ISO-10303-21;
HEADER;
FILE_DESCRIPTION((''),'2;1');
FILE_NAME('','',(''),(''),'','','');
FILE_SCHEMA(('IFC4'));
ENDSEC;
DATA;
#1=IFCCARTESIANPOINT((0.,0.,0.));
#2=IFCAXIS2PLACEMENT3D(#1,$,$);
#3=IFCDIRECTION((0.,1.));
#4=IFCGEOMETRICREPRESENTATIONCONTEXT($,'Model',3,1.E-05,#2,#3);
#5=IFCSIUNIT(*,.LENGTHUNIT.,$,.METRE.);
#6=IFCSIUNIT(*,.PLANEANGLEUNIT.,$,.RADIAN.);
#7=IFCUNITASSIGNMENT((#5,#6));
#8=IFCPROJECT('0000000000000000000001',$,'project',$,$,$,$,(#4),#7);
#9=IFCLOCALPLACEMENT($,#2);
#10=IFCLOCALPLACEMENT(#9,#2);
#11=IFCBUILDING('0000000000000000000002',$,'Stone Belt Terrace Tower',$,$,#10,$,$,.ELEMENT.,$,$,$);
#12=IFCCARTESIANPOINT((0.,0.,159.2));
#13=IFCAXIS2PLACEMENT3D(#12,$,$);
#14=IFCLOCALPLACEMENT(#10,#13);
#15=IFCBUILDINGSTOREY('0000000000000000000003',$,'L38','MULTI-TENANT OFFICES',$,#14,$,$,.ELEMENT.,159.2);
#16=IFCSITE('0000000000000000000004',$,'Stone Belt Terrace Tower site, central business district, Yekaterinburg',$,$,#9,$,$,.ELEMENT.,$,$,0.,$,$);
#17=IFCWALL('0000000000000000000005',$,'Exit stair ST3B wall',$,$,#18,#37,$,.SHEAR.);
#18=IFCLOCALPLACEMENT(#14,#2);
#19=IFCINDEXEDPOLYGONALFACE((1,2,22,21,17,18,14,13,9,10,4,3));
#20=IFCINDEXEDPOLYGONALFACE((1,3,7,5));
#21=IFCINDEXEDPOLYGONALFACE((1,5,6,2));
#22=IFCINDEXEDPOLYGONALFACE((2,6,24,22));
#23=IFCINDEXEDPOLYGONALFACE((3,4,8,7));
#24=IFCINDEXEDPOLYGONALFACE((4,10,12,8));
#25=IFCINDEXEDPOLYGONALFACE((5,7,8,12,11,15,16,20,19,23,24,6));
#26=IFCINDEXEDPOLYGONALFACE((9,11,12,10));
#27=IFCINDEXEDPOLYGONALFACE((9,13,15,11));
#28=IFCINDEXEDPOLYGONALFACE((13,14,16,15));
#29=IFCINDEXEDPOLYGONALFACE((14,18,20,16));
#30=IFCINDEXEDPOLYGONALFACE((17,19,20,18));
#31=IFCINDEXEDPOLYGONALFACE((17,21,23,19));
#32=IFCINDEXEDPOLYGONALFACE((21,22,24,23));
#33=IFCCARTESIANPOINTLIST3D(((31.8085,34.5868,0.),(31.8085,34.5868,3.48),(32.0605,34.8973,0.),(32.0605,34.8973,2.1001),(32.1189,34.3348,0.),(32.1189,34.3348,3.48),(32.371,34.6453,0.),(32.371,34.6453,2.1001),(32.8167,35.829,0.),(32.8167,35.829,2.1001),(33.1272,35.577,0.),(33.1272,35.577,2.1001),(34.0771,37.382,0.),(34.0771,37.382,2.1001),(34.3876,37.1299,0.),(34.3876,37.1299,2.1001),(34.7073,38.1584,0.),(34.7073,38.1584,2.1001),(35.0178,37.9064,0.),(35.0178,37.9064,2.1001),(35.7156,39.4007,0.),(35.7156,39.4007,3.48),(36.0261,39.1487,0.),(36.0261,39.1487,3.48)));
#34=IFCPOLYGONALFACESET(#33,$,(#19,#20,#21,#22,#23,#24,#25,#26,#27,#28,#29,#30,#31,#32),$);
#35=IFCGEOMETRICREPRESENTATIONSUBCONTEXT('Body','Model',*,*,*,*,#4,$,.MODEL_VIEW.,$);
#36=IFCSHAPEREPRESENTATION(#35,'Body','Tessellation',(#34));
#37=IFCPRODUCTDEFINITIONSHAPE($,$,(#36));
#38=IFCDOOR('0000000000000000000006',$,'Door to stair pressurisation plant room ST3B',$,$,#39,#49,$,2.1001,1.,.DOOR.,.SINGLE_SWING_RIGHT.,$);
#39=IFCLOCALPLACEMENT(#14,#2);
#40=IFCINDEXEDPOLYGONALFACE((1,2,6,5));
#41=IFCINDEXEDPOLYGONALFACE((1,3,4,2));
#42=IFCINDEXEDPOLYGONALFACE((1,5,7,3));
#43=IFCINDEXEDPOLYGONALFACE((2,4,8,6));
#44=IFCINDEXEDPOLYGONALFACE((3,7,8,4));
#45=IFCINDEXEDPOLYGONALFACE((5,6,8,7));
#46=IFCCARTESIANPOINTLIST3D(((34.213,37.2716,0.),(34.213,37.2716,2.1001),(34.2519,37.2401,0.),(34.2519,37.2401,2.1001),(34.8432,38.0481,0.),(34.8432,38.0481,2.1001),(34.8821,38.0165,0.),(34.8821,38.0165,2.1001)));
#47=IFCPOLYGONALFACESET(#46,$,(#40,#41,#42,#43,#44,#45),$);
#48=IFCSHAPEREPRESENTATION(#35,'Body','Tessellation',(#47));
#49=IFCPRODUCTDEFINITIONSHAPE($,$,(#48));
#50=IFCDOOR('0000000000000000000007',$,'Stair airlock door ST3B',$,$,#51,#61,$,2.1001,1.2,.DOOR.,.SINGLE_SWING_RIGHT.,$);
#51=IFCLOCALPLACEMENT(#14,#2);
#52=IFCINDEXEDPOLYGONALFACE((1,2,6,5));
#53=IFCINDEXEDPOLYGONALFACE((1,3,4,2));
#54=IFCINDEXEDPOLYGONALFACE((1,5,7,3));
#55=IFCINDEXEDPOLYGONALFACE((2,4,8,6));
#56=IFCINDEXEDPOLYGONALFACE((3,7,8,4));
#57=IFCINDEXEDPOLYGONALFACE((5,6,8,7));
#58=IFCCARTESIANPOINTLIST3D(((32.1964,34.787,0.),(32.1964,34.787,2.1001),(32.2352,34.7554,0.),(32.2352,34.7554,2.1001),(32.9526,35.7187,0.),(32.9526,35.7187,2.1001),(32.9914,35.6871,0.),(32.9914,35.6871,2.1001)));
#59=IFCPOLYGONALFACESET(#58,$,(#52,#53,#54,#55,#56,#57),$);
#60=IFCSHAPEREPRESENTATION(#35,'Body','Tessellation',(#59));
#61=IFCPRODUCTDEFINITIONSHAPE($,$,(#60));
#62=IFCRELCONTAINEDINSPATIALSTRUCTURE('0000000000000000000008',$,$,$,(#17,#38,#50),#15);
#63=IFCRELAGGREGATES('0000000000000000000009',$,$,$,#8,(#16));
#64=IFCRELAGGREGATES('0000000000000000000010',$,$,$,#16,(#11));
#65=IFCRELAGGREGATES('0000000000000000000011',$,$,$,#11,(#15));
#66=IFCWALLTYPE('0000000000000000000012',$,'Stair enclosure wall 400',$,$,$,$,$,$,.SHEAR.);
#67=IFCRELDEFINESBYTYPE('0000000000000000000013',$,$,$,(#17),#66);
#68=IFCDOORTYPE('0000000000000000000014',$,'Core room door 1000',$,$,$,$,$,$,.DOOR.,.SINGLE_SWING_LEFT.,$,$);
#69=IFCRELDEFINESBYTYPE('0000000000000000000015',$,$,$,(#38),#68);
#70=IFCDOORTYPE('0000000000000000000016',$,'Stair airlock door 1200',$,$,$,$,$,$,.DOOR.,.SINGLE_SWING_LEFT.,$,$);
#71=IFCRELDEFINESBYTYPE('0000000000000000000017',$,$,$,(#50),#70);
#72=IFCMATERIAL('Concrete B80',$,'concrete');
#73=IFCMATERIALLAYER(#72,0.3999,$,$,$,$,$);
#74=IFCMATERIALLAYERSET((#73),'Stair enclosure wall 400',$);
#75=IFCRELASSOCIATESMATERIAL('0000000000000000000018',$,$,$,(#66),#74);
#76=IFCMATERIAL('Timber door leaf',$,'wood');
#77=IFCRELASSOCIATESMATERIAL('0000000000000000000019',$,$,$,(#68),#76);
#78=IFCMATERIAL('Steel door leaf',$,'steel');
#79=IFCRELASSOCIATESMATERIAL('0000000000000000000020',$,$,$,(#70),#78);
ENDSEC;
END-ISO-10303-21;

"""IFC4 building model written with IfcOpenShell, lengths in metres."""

from ifc_helpers import new_model, si_unit, direction, frame, frame_2d, origin, place, context, subcontext, project, spatial, rectangle, extrude, material, layer, layer_set, type_object, element, fill, save


model = new_model("IFC4")

# Units and contexts
model_context = context("Model", 3, precision=1e-05, world=origin(), true_north=direction((0.0, 1.0)))
body_context = subcontext(model_context, "Body", "Model", "MODEL_VIEW")
ifc_project = project(units=[si_unit("LENGTHUNIT", "METRE"), si_unit("PLANEANGLEUNIT", "RADIAN")], contexts=[model_context])

# Site, building, storey
site_placement = place(None, origin())
site = spatial("IfcSite", under=ifc_project, at=site_placement, Name="Stone Belt Terrace Tower site, central business district, Yekaterinburg", CompositionType="ELEMENT", RefElevation=0.0)
building_placement = place(site_placement, origin())
building = spatial("IfcBuilding", under=site, at=building_placement, Name="Stone Belt Terrace Tower", CompositionType="ELEMENT")
storey_placement = place(building_placement, frame((0.0, 0.0, 159.2)))
storey = spatial("IfcBuildingStorey", under=building, at=storey_placement, Name="L38", Description="MULTI-TENANT OFFICES", CompositionType="ELEMENT", Elevation=159.2)

# Shared definitions
ifc_material_1 = material(Name="Concrete B80", Category="concrete")

# Wall, openings, doors
ifc_layer_1 = layer(ifc_material_1, 0.3999)
ifc_layer_set_1 = layer_set([ifc_layer_1], Name="Stair enclosure wall 400")
wall_type_1 = type_object("IfcWallType", Name="Stair enclosure wall 400", PredefinedType="SHEAR", material=ifc_layer_set_1)
wall_1_placement = place(storey_placement, frame((31.9636, 34.4607, 0.0), z_axis=(0.0, 0.0, 1.0), x_axis=(0.630192, 0.776439, 0.0)))
wall_1 = element("IfcWall", 1, at=wall_1_placement, inside=storey, type_object=wall_type_1, Name="Exit stair ST3B wall", PredefinedType="SHEAR", context=body_context, shape_type="SweptSolid", body=[
    extrude(rectangle(XDim=6.2, YDim=0.3999, at=frame_2d((3.1001, 0.0))), origin(), (0.0, 0.0, 1.0), 3.48),
])
opening_1_placement = place(wall_1_placement, frame((0.3999, 0.0, 0.0)))
opening_1 = element("IfcOpeningElement", 2, at=opening_1_placement, cuts=wall_1, PredefinedType="OPENING", context=body_context, shape_type="SweptSolid", body=[
    extrude(rectangle(XDim=1.2, YDim=2.1001, at=frame_2d((0.6001, 1.05))), frame((0.0, 0.21, 0.0), z_axis=(0.0, -1.0, 0.0), x_axis=(1.0, 0.0, 0.0)), (0.0, 0.0, 1.0), 0.4199),
])
opening_2_placement = place(wall_1_placement, frame((3.6001, 0.0, 0.0)))
opening_2 = element("IfcOpeningElement", 3, at=opening_2_placement, cuts=wall_1, PredefinedType="OPENING", context=body_context, shape_type="SweptSolid", body=[
    extrude(rectangle(XDim=1.0, YDim=2.1001, at=frame_2d((0.5, 1.05))), frame((0.0, 0.21, 0.0), z_axis=(0.0, -1.0, 0.0), x_axis=(1.0, 0.0, 0.0)), (0.0, 0.0, 1.0), 0.4199),
])
ifc_material_2 = material(Name="Timber door leaf", Category="wood")
door_type_1 = type_object("IfcDoorType", Name="Core room door 1000", OperationType="SINGLE_SWING_LEFT", PredefinedType="DOOR", material=ifc_material_2)
door_1_placement = place(opening_2_placement, origin())
door_1 = element("IfcDoor", 4, at=door_1_placement, inside=storey, type_object=door_type_1, Name="Door to stair pressurisation plant room ST3B", OperationType="SINGLE_SWING_RIGHT", OverallHeight=2.1001, OverallWidth=1.0, PredefinedType="DOOR", context=body_context, shape_type="SweptSolid", body=[
    extrude(rectangle(XDim=1.0, YDim=2.1001, at=frame_2d((0.5, 1.05))), frame((0.0, 0.0249, 0.0), z_axis=(0.0, -1.0, 0.0), x_axis=(1.0, 0.0, 0.0)), (0.0, 0.0, 1.0), 0.05),
])
fill(opening_2, door_1)
ifc_material_3 = material(Name="Steel door leaf", Category="steel")
door_type_2 = type_object("IfcDoorType", Name="Stair airlock door 1200", OperationType="SINGLE_SWING_LEFT", PredefinedType="DOOR", material=ifc_material_3)
door_2_placement = place(opening_1_placement, origin())
door_2 = element("IfcDoor", 5, at=door_2_placement, inside=storey, type_object=door_type_2, Name="Stair airlock door ST3B", OperationType="SINGLE_SWING_RIGHT", OverallHeight=2.1001, OverallWidth=1.2, PredefinedType="DOOR", context=body_context, shape_type="SweptSolid", body=[
    extrude(rectangle(XDim=1.2, YDim=2.1001, at=frame_2d((0.6001, 1.05))), frame((0.0, 0.0249, 0.0), z_axis=(0.0, -1.0, 0.0), x_axis=(1.0, 0.0, 0.0)), (0.0, 0.0, 1.0), 0.05),
])
fill(opening_1, door_2)

save(model, "model.ifc")
